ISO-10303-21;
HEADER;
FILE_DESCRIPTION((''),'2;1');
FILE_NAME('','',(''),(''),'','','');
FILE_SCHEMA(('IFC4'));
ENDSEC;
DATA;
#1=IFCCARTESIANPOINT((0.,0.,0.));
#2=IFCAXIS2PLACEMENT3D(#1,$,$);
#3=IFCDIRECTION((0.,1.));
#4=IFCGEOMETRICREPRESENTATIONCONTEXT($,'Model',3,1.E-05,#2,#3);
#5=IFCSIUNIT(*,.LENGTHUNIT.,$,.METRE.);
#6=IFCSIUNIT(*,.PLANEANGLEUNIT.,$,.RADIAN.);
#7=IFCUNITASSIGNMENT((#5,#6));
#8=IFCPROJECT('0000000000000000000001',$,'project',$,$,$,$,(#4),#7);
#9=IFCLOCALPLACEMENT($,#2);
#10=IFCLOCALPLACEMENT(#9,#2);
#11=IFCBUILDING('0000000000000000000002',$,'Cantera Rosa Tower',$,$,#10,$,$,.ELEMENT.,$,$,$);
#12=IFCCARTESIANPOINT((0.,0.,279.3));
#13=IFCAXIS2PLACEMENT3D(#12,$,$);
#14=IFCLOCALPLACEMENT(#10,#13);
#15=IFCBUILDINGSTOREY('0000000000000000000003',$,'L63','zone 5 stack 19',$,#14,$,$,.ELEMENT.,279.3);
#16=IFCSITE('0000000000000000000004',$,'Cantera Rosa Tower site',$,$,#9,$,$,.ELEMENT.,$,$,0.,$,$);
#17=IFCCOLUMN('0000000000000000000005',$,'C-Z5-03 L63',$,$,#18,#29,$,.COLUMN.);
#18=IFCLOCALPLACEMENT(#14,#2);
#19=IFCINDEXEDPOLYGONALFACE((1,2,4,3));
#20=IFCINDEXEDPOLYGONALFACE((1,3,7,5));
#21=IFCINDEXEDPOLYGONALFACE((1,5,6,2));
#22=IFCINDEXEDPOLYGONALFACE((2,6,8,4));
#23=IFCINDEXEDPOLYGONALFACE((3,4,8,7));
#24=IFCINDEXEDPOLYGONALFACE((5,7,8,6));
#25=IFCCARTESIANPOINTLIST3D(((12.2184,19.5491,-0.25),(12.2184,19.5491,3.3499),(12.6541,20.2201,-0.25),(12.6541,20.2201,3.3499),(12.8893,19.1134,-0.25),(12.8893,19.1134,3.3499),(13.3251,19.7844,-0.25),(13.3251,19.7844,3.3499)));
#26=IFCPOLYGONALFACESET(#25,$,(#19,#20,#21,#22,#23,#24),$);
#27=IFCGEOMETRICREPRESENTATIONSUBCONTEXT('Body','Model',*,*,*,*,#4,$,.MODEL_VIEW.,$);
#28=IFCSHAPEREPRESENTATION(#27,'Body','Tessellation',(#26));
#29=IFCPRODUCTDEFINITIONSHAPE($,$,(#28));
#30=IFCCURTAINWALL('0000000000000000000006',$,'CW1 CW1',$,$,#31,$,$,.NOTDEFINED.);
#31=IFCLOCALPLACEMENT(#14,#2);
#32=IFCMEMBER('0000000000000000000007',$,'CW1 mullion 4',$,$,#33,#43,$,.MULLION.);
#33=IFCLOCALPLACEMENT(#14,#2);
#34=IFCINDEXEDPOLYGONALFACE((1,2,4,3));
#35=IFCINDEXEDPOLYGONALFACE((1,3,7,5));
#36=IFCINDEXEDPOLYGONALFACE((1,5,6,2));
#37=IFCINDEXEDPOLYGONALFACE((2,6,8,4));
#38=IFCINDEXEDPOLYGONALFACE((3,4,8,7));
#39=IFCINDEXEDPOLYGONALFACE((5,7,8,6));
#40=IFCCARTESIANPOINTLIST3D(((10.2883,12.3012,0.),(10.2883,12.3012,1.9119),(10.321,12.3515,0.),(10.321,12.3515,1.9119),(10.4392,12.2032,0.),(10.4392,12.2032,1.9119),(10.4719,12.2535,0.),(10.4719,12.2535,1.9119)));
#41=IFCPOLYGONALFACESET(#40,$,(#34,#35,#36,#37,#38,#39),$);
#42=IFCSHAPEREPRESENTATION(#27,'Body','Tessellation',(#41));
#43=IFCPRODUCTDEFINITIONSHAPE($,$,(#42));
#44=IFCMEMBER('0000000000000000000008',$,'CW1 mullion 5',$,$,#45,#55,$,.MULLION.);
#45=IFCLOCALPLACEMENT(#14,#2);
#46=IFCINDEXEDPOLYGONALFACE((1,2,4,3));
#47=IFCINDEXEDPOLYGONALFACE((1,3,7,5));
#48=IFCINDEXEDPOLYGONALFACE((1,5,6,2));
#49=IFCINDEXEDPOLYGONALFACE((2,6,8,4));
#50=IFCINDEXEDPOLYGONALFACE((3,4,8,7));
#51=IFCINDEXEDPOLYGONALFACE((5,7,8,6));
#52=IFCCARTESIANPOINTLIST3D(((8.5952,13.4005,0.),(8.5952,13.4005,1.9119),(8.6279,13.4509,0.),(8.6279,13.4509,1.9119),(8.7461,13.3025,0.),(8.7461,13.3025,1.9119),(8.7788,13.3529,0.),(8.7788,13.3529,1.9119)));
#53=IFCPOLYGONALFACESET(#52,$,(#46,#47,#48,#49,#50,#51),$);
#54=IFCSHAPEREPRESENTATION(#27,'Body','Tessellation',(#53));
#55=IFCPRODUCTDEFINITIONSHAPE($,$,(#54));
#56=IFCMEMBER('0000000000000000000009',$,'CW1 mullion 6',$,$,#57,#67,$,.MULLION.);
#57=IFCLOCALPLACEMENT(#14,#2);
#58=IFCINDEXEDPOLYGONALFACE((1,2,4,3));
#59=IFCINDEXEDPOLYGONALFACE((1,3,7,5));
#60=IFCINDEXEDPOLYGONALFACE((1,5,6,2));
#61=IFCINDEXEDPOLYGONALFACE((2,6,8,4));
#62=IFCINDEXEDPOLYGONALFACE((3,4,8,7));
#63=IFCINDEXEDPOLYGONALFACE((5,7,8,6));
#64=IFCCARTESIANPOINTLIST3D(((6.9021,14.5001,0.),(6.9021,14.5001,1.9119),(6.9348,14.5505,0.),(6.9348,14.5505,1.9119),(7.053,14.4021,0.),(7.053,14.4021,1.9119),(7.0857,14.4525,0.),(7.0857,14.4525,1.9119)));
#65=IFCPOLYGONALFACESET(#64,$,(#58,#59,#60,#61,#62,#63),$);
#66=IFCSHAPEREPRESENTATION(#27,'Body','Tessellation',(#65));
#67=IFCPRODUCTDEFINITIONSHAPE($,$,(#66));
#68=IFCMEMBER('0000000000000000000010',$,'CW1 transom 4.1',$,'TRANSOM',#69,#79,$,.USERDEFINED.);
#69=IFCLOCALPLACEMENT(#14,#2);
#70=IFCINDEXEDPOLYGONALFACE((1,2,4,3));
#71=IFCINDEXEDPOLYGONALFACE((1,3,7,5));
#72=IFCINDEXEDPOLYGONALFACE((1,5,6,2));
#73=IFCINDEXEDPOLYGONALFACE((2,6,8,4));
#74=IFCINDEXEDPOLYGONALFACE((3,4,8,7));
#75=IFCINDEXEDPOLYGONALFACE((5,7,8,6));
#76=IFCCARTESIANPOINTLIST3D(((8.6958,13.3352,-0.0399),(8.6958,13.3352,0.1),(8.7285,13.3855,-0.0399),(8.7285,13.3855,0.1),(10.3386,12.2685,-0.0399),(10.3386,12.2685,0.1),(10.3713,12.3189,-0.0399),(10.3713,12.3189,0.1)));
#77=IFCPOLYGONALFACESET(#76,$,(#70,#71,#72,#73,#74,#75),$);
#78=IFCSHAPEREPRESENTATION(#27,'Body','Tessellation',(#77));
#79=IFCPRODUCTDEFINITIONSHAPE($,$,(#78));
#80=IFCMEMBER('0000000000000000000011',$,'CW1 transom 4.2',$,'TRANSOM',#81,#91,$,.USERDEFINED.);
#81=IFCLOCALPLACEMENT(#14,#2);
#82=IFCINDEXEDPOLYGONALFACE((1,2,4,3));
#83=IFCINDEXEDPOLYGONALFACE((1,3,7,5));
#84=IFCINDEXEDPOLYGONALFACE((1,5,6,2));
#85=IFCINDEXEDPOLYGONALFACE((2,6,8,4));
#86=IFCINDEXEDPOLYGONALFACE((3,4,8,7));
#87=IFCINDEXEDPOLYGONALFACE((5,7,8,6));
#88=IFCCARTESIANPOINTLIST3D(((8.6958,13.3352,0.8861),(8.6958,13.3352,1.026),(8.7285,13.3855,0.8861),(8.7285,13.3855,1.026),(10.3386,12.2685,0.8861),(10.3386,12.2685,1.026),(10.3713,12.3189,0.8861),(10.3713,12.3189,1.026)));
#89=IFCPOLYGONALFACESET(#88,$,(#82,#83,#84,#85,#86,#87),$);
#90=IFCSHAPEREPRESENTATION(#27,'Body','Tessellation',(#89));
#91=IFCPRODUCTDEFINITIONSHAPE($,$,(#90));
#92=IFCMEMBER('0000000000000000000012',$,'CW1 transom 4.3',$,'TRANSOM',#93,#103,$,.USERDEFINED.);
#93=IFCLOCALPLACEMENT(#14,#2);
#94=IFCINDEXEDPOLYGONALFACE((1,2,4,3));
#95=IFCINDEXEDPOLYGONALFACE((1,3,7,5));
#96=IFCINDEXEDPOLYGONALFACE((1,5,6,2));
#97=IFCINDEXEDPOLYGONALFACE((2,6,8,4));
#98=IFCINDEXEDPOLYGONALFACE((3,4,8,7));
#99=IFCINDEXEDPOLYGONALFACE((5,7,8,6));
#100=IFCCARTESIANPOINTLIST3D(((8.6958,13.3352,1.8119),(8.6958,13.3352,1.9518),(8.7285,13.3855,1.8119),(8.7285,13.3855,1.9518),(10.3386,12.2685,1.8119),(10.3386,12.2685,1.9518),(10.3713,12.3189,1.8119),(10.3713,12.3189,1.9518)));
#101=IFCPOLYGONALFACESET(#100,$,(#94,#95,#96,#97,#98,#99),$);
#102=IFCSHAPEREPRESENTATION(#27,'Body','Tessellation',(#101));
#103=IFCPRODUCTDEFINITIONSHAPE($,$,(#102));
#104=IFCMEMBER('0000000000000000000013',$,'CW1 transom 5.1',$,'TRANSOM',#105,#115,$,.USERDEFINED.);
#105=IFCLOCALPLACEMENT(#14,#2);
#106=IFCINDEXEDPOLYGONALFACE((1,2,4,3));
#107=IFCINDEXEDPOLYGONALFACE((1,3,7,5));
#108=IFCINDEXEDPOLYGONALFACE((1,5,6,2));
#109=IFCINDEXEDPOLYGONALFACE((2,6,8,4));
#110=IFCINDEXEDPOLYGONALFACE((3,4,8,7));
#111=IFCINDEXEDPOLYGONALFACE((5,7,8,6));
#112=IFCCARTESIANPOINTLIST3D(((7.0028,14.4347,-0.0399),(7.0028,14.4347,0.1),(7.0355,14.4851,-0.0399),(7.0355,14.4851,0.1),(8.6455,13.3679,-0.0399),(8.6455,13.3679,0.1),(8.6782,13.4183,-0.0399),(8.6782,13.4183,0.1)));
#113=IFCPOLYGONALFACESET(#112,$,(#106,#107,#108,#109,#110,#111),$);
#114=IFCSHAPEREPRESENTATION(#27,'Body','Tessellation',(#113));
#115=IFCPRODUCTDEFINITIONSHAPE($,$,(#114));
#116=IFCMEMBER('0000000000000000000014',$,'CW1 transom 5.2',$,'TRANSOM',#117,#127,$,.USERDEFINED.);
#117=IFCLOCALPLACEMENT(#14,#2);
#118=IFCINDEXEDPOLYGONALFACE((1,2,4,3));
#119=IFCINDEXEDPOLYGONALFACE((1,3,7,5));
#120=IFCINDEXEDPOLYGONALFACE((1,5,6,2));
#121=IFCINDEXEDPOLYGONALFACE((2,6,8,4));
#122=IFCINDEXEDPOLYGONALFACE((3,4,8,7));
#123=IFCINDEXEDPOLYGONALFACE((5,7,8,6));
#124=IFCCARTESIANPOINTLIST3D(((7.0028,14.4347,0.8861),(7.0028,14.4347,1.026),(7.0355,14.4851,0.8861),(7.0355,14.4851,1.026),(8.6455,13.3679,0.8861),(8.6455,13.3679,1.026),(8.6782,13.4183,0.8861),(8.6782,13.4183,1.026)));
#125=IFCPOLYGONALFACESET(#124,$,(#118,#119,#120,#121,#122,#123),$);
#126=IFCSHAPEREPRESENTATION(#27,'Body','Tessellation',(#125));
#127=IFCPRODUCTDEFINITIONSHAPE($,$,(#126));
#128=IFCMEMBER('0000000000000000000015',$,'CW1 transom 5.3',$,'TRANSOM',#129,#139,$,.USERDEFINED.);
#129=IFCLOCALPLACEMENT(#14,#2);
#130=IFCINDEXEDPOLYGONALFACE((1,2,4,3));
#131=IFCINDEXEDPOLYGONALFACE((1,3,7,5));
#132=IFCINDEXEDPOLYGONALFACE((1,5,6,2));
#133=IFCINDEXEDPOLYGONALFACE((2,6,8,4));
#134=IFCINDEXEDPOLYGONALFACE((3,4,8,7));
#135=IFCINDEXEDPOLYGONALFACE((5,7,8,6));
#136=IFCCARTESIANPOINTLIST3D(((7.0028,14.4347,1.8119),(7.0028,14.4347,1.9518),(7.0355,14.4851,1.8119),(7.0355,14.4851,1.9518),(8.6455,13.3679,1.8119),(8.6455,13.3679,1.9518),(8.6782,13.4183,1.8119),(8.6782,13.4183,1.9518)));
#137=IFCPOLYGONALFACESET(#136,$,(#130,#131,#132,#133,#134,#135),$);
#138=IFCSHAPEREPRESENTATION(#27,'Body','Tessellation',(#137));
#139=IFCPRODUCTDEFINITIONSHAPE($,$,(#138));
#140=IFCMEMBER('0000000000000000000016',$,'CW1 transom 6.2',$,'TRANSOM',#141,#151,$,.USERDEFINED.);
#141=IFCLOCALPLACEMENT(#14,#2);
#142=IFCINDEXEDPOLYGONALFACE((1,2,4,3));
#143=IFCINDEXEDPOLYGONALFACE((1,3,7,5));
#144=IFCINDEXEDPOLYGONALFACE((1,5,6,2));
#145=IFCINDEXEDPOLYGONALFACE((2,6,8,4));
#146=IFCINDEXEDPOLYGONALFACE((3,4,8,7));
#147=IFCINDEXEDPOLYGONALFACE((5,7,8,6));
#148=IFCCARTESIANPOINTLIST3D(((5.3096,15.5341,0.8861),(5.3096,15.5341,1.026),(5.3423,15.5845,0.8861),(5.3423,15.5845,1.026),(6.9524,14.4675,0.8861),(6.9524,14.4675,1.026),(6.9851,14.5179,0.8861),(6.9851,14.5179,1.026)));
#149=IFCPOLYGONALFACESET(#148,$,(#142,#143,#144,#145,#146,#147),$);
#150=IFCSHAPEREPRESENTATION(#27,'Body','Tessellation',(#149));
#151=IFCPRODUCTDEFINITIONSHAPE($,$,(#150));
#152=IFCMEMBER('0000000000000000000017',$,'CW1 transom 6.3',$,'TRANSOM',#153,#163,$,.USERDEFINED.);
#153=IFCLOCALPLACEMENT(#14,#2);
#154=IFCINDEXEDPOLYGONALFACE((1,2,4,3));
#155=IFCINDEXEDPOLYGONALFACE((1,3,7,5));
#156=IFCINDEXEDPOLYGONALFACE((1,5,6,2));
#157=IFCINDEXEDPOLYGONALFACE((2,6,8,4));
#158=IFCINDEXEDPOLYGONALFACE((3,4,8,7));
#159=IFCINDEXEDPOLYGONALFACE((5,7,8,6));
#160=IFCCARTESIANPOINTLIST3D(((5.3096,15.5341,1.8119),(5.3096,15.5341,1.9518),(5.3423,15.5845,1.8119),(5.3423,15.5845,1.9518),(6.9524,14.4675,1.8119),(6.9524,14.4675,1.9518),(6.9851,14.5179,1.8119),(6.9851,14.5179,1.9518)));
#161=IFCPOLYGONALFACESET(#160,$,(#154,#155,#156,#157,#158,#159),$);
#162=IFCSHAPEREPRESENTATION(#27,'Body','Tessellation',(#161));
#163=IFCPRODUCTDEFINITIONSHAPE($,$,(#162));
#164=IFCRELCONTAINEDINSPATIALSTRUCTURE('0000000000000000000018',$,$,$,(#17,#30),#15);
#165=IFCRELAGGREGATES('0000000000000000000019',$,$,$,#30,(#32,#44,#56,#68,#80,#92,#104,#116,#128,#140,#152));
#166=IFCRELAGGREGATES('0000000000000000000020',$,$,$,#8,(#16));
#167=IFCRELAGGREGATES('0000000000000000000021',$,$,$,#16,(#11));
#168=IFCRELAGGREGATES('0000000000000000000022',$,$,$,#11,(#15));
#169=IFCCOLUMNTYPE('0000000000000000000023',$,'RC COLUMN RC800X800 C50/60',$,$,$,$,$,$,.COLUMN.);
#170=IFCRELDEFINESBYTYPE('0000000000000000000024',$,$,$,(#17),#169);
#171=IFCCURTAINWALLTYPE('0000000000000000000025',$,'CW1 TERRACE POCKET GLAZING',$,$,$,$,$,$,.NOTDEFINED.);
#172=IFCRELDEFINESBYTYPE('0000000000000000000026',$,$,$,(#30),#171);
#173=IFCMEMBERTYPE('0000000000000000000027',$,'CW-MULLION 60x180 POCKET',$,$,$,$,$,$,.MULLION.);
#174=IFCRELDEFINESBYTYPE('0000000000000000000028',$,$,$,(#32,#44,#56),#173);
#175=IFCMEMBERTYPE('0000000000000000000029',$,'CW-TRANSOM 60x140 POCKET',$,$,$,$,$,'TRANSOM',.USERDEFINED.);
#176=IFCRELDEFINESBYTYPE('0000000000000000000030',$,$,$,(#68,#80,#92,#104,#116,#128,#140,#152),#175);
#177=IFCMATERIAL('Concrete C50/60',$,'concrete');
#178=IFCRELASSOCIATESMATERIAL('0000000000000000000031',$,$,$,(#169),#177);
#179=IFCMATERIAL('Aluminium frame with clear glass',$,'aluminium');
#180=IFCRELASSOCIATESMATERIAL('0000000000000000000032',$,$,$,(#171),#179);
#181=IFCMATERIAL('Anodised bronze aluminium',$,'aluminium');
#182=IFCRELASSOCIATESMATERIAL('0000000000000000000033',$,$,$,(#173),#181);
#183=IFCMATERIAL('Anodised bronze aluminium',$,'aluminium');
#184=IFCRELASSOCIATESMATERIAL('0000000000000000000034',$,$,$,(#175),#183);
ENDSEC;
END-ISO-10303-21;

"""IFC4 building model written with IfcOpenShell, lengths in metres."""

from ifc_helpers import new_model, si_unit, direction, frame, origin, origin_2d, place, context, subcontext, project, spatial, rectangle, extrude, material, material_profile, profile_set, type_object, element, aggregate, save


model = new_model("IFC4")

# Units and contexts
model_context = context("Model", 3, precision=1e-05, world=origin(), true_north=direction((0.0, 1.0)))
body_context = subcontext(model_context, "Body", "Model", "MODEL_VIEW")
ifc_project = project(units=[si_unit("LENGTHUNIT", "METRE"), si_unit("PLANEANGLEUNIT", "RADIAN")], contexts=[model_context])

# Site, building, storey
site_placement = place(None, origin())
site = spatial("IfcSite", under=ifc_project, at=site_placement, Name="Cantera Rosa Tower site", CompositionType="ELEMENT", RefElevation=0.0)
building_placement = place(site_placement, origin())
building = spatial("IfcBuilding", under=site, at=building_placement, Name="Cantera Rosa Tower", CompositionType="ELEMENT")
storey_placement = place(building_placement, frame((0.0, 0.0, 279.3)))
storey = spatial("IfcBuildingStorey", under=building, at=storey_placement, Name="L63", Description="zone 5 stack 19", CompositionType="ELEMENT", Elevation=279.3)

# Column
ifc_material_1 = material(Name="Concrete C50/60", Category="concrete")
ifc_material_profile_1 = material_profile(ifc_material_1, rectangle(XDim=0.8, YDim=0.8, at=origin_2d()), Name="RC COLUMN RC800X800 C50/60")
ifc_profile_set_1 = profile_set([ifc_material_profile_1], Name="Concrete C50/60")
column_type = type_object("IfcColumnType", Name="RC COLUMN RC800X800 C50/60", PredefinedType="COLUMN", material=ifc_profile_set_1)
column_placement = place(storey_placement, frame((12.7717, 19.6667, -0.25), z_axis=(0.0, 0.0, 1.0), x_axis=(0.544639, 0.838671, 0.0)))
element("IfcColumn", 1, at=column_placement, inside=storey, type_object=column_type, Name="C-Z5-03 L63", PredefinedType="COLUMN", context=body_context, shape_type="SweptSolid", body=[
    extrude(rectangle(XDim=0.8, YDim=0.8, at=origin_2d()), origin(), (0.0, 0.0, 1.0), 3.5999),
])

# Curtain wall, members
ifc_material_2 = material(Name="Aluminium frame with clear glass", Category="aluminium")
curtain_wall_type = type_object("IfcCurtainWallType", Name="CW1 TERRACE POCKET GLAZING", PredefinedType="NOTDEFINED", material=ifc_material_2)
curtain_wall_placement = place(storey_placement, origin())
curtain_wall = element("IfcCurtainWall", 2, at=curtain_wall_placement, inside=storey, type_object=curtain_wall_type, Name="CW1 CW1", PredefinedType="NOTDEFINED")
ifc_material_3 = material(Name="Anodised bronze aluminium", Category="aluminium")
ifc_material_profile_2 = material_profile(ifc_material_3, rectangle(XDim=0.0601, YDim=0.1799, at=origin_2d()), Name="CW-MULLION 60x180 POCKET")
ifc_profile_set_2 = profile_set([ifc_material_profile_2], Name="Anodised bronze aluminium")
member_type_1 = type_object("IfcMemberType", Name="CW-MULLION 60x180 POCKET", PredefinedType="MULLION", material=ifc_profile_set_2)
member_1_placement = place(storey_placement, frame((10.3801, 12.2773, 0.0), z_axis=(0.0, 0.0, 1.0), x_axis=(-0.544639, -0.838671, 0.0)))
member_1 = element("IfcMember", 3, at=member_1_placement, type_object=member_type_1, Name="CW1 mullion 4", PredefinedType="MULLION", context=body_context, shape_type="SweptSolid", body=[
    extrude(rectangle(XDim=0.0601, YDim=0.1799, at=origin_2d()), origin(), (0.0, 0.0, 1.0), 1.9119),
])
member_2_placement = place(storey_placement, frame((8.687, 13.3767, 0.0), z_axis=(0.0, 0.0, 1.0), x_axis=(-0.544639, -0.838671, 0.0)))
member_2 = element("IfcMember", 4, at=member_2_placement, type_object=member_type_1, Name="CW1 mullion 5", PredefinedType="MULLION", context=body_context, shape_type="SweptSolid", body=[
    extrude(rectangle(XDim=0.0601, YDim=0.1799, at=origin_2d()), origin(), (0.0, 0.0, 1.0), 1.9119),
])
member_3_placement = place(storey_placement, frame((6.9939, 14.4763, 0.0), z_axis=(0.0, 0.0, 1.0), x_axis=(-0.544639, -0.838671, 0.0)))
member_3 = element("IfcMember", 5, at=member_3_placement, type_object=member_type_1, Name="CW1 mullion 6", PredefinedType="MULLION", context=body_context, shape_type="SweptSolid", body=[
    extrude(rectangle(XDim=0.0601, YDim=0.1799, at=origin_2d()), origin(), (0.0, 0.0, 1.0), 1.9119),
])
ifc_material_4 = material(Name="Anodised bronze aluminium", Category="aluminium")
ifc_material_profile_3 = material_profile(ifc_material_4, rectangle(XDim=0.0601, YDim=0.1399, at=origin_2d()), Name="CW-TRANSOM 60x140 POCKET")
ifc_profile_set_3 = profile_set([ifc_material_profile_3], Name="Anodised bronze aluminium")
member_type_2 = type_object("IfcMemberType", Name="CW-TRANSOM 60x140 POCKET", ElementType="TRANSOM", PredefinedType="USERDEFINED", material=ifc_profile_set_3)
member_4_placement = place(storey_placement, frame((10.355, 12.2937, 0.03), z_axis=(-0.83872, 0.544563, 0.0), x_axis=(-0.544563, -0.83872, 0.0)))
member_4 = element("IfcMember", 6, at=member_4_placement, type_object=member_type_2, Name="CW1 transom 4.1", ObjectType="TRANSOM", PredefinedType="USERDEFINED", context=body_context, shape_type="SweptSolid", body=[
    extrude(rectangle(XDim=0.0601, YDim=0.1399, at=origin_2d()), origin(), (0.0, 0.0, 1.0), 1.9587),
])
member_5_placement = place(storey_placement, frame((10.355, 12.2937, 0.9561), z_axis=(-0.83872, 0.544563, 0.0), x_axis=(-0.544563, -0.83872, 0.0)))
member_5 = element("IfcMember", 7, at=member_5_placement, type_object=member_type_2, Name="CW1 transom 4.2", ObjectType="TRANSOM", PredefinedType="USERDEFINED", context=body_context, shape_type="SweptSolid", body=[
    extrude(rectangle(XDim=0.0601, YDim=0.1399, at=origin_2d()), origin(), (0.0, 0.0, 1.0), 1.9587),
])
member_6_placement = place(storey_placement, frame((10.355, 12.2937, 1.8818), z_axis=(-0.83872, 0.544563, 0.0), x_axis=(-0.544563, -0.83872, 0.0)))
member_6 = element("IfcMember", 8, at=member_6_placement, type_object=member_type_2, Name="CW1 transom 4.3", ObjectType="TRANSOM", PredefinedType="USERDEFINED", context=body_context, shape_type="SweptSolid", body=[
    extrude(rectangle(XDim=0.0601, YDim=0.1399, at=origin_2d()), origin(), (0.0, 0.0, 1.0), 1.9587),
])
member_7_placement = place(storey_placement, frame((8.6619, 13.3931, 0.03), z_axis=(-0.838663, 0.544651, 0.0), x_axis=(-0.544651, -0.838663, 0.0)))
member_7 = element("IfcMember", 9, at=member_7_placement, type_object=member_type_2, Name="CW1 transom 5.1", ObjectType="TRANSOM", PredefinedType="USERDEFINED", context=body_context, shape_type="SweptSolid", body=[
    extrude(rectangle(XDim=0.0601, YDim=0.1399, at=origin_2d()), origin(), (0.0, 0.0, 1.0), 1.9587),
])
member_8_placement = place(storey_placement, frame((8.6619, 13.3931, 0.9561), z_axis=(-0.838663, 0.544651, 0.0), x_axis=(-0.544651, -0.838663, 0.0)))
member_8 = element("IfcMember", 10, at=member_8_placement, type_object=member_type_2, Name="CW1 transom 5.2", ObjectType="TRANSOM", PredefinedType="USERDEFINED", context=body_context, shape_type="SweptSolid", body=[
    extrude(rectangle(XDim=0.0601, YDim=0.1399, at=origin_2d()), origin(), (0.0, 0.0, 1.0), 1.9587),
])
member_9_placement = place(storey_placement, frame((8.6619, 13.3931, 1.8818), z_axis=(-0.838663, 0.544651, 0.0), x_axis=(-0.544651, -0.838663, 0.0)))
member_9 = element("IfcMember", 11, at=member_9_placement, type_object=member_type_2, Name="CW1 transom 5.3", ObjectType="TRANSOM", PredefinedType="USERDEFINED", context=body_context, shape_type="SweptSolid", body=[
    extrude(rectangle(XDim=0.0601, YDim=0.1399, at=origin_2d()), origin(), (0.0, 0.0, 1.0), 1.9587),
])
member_10_placement = place(storey_placement, frame((6.9688, 14.4927, 0.9561), z_axis=(-0.83872, 0.544563, 0.0), x_axis=(-0.544563, -0.83872, 0.0)))
member_10 = element("IfcMember", 12, at=member_10_placement, type_object=member_type_2, Name="CW1 transom 6.2", ObjectType="TRANSOM", PredefinedType="USERDEFINED", context=body_context, shape_type="SweptSolid", body=[
    extrude(rectangle(XDim=0.0601, YDim=0.1399, at=origin_2d()), origin(), (0.0, 0.0, 1.0), 1.9587),
])
member_11_placement = place(storey_placement, frame((6.9688, 14.4927, 1.8818), z_axis=(-0.83872, 0.544563, 0.0), x_axis=(-0.544563, -0.83872, 0.0)))
member_11 = element("IfcMember", 13, at=member_11_placement, type_object=member_type_2, Name="CW1 transom 6.3", ObjectType="TRANSOM", PredefinedType="USERDEFINED", context=body_context, shape_type="SweptSolid", body=[
    extrude(rectangle(XDim=0.0601, YDim=0.1399, at=origin_2d()), origin(), (0.0, 0.0, 1.0), 1.9587),
])

aggregate(curtain_wall, [member_1, member_2, member_3, member_4, member_5, member_6, member_7, member_8, member_9, member_10, member_11])

save(model, "model.ifc")
